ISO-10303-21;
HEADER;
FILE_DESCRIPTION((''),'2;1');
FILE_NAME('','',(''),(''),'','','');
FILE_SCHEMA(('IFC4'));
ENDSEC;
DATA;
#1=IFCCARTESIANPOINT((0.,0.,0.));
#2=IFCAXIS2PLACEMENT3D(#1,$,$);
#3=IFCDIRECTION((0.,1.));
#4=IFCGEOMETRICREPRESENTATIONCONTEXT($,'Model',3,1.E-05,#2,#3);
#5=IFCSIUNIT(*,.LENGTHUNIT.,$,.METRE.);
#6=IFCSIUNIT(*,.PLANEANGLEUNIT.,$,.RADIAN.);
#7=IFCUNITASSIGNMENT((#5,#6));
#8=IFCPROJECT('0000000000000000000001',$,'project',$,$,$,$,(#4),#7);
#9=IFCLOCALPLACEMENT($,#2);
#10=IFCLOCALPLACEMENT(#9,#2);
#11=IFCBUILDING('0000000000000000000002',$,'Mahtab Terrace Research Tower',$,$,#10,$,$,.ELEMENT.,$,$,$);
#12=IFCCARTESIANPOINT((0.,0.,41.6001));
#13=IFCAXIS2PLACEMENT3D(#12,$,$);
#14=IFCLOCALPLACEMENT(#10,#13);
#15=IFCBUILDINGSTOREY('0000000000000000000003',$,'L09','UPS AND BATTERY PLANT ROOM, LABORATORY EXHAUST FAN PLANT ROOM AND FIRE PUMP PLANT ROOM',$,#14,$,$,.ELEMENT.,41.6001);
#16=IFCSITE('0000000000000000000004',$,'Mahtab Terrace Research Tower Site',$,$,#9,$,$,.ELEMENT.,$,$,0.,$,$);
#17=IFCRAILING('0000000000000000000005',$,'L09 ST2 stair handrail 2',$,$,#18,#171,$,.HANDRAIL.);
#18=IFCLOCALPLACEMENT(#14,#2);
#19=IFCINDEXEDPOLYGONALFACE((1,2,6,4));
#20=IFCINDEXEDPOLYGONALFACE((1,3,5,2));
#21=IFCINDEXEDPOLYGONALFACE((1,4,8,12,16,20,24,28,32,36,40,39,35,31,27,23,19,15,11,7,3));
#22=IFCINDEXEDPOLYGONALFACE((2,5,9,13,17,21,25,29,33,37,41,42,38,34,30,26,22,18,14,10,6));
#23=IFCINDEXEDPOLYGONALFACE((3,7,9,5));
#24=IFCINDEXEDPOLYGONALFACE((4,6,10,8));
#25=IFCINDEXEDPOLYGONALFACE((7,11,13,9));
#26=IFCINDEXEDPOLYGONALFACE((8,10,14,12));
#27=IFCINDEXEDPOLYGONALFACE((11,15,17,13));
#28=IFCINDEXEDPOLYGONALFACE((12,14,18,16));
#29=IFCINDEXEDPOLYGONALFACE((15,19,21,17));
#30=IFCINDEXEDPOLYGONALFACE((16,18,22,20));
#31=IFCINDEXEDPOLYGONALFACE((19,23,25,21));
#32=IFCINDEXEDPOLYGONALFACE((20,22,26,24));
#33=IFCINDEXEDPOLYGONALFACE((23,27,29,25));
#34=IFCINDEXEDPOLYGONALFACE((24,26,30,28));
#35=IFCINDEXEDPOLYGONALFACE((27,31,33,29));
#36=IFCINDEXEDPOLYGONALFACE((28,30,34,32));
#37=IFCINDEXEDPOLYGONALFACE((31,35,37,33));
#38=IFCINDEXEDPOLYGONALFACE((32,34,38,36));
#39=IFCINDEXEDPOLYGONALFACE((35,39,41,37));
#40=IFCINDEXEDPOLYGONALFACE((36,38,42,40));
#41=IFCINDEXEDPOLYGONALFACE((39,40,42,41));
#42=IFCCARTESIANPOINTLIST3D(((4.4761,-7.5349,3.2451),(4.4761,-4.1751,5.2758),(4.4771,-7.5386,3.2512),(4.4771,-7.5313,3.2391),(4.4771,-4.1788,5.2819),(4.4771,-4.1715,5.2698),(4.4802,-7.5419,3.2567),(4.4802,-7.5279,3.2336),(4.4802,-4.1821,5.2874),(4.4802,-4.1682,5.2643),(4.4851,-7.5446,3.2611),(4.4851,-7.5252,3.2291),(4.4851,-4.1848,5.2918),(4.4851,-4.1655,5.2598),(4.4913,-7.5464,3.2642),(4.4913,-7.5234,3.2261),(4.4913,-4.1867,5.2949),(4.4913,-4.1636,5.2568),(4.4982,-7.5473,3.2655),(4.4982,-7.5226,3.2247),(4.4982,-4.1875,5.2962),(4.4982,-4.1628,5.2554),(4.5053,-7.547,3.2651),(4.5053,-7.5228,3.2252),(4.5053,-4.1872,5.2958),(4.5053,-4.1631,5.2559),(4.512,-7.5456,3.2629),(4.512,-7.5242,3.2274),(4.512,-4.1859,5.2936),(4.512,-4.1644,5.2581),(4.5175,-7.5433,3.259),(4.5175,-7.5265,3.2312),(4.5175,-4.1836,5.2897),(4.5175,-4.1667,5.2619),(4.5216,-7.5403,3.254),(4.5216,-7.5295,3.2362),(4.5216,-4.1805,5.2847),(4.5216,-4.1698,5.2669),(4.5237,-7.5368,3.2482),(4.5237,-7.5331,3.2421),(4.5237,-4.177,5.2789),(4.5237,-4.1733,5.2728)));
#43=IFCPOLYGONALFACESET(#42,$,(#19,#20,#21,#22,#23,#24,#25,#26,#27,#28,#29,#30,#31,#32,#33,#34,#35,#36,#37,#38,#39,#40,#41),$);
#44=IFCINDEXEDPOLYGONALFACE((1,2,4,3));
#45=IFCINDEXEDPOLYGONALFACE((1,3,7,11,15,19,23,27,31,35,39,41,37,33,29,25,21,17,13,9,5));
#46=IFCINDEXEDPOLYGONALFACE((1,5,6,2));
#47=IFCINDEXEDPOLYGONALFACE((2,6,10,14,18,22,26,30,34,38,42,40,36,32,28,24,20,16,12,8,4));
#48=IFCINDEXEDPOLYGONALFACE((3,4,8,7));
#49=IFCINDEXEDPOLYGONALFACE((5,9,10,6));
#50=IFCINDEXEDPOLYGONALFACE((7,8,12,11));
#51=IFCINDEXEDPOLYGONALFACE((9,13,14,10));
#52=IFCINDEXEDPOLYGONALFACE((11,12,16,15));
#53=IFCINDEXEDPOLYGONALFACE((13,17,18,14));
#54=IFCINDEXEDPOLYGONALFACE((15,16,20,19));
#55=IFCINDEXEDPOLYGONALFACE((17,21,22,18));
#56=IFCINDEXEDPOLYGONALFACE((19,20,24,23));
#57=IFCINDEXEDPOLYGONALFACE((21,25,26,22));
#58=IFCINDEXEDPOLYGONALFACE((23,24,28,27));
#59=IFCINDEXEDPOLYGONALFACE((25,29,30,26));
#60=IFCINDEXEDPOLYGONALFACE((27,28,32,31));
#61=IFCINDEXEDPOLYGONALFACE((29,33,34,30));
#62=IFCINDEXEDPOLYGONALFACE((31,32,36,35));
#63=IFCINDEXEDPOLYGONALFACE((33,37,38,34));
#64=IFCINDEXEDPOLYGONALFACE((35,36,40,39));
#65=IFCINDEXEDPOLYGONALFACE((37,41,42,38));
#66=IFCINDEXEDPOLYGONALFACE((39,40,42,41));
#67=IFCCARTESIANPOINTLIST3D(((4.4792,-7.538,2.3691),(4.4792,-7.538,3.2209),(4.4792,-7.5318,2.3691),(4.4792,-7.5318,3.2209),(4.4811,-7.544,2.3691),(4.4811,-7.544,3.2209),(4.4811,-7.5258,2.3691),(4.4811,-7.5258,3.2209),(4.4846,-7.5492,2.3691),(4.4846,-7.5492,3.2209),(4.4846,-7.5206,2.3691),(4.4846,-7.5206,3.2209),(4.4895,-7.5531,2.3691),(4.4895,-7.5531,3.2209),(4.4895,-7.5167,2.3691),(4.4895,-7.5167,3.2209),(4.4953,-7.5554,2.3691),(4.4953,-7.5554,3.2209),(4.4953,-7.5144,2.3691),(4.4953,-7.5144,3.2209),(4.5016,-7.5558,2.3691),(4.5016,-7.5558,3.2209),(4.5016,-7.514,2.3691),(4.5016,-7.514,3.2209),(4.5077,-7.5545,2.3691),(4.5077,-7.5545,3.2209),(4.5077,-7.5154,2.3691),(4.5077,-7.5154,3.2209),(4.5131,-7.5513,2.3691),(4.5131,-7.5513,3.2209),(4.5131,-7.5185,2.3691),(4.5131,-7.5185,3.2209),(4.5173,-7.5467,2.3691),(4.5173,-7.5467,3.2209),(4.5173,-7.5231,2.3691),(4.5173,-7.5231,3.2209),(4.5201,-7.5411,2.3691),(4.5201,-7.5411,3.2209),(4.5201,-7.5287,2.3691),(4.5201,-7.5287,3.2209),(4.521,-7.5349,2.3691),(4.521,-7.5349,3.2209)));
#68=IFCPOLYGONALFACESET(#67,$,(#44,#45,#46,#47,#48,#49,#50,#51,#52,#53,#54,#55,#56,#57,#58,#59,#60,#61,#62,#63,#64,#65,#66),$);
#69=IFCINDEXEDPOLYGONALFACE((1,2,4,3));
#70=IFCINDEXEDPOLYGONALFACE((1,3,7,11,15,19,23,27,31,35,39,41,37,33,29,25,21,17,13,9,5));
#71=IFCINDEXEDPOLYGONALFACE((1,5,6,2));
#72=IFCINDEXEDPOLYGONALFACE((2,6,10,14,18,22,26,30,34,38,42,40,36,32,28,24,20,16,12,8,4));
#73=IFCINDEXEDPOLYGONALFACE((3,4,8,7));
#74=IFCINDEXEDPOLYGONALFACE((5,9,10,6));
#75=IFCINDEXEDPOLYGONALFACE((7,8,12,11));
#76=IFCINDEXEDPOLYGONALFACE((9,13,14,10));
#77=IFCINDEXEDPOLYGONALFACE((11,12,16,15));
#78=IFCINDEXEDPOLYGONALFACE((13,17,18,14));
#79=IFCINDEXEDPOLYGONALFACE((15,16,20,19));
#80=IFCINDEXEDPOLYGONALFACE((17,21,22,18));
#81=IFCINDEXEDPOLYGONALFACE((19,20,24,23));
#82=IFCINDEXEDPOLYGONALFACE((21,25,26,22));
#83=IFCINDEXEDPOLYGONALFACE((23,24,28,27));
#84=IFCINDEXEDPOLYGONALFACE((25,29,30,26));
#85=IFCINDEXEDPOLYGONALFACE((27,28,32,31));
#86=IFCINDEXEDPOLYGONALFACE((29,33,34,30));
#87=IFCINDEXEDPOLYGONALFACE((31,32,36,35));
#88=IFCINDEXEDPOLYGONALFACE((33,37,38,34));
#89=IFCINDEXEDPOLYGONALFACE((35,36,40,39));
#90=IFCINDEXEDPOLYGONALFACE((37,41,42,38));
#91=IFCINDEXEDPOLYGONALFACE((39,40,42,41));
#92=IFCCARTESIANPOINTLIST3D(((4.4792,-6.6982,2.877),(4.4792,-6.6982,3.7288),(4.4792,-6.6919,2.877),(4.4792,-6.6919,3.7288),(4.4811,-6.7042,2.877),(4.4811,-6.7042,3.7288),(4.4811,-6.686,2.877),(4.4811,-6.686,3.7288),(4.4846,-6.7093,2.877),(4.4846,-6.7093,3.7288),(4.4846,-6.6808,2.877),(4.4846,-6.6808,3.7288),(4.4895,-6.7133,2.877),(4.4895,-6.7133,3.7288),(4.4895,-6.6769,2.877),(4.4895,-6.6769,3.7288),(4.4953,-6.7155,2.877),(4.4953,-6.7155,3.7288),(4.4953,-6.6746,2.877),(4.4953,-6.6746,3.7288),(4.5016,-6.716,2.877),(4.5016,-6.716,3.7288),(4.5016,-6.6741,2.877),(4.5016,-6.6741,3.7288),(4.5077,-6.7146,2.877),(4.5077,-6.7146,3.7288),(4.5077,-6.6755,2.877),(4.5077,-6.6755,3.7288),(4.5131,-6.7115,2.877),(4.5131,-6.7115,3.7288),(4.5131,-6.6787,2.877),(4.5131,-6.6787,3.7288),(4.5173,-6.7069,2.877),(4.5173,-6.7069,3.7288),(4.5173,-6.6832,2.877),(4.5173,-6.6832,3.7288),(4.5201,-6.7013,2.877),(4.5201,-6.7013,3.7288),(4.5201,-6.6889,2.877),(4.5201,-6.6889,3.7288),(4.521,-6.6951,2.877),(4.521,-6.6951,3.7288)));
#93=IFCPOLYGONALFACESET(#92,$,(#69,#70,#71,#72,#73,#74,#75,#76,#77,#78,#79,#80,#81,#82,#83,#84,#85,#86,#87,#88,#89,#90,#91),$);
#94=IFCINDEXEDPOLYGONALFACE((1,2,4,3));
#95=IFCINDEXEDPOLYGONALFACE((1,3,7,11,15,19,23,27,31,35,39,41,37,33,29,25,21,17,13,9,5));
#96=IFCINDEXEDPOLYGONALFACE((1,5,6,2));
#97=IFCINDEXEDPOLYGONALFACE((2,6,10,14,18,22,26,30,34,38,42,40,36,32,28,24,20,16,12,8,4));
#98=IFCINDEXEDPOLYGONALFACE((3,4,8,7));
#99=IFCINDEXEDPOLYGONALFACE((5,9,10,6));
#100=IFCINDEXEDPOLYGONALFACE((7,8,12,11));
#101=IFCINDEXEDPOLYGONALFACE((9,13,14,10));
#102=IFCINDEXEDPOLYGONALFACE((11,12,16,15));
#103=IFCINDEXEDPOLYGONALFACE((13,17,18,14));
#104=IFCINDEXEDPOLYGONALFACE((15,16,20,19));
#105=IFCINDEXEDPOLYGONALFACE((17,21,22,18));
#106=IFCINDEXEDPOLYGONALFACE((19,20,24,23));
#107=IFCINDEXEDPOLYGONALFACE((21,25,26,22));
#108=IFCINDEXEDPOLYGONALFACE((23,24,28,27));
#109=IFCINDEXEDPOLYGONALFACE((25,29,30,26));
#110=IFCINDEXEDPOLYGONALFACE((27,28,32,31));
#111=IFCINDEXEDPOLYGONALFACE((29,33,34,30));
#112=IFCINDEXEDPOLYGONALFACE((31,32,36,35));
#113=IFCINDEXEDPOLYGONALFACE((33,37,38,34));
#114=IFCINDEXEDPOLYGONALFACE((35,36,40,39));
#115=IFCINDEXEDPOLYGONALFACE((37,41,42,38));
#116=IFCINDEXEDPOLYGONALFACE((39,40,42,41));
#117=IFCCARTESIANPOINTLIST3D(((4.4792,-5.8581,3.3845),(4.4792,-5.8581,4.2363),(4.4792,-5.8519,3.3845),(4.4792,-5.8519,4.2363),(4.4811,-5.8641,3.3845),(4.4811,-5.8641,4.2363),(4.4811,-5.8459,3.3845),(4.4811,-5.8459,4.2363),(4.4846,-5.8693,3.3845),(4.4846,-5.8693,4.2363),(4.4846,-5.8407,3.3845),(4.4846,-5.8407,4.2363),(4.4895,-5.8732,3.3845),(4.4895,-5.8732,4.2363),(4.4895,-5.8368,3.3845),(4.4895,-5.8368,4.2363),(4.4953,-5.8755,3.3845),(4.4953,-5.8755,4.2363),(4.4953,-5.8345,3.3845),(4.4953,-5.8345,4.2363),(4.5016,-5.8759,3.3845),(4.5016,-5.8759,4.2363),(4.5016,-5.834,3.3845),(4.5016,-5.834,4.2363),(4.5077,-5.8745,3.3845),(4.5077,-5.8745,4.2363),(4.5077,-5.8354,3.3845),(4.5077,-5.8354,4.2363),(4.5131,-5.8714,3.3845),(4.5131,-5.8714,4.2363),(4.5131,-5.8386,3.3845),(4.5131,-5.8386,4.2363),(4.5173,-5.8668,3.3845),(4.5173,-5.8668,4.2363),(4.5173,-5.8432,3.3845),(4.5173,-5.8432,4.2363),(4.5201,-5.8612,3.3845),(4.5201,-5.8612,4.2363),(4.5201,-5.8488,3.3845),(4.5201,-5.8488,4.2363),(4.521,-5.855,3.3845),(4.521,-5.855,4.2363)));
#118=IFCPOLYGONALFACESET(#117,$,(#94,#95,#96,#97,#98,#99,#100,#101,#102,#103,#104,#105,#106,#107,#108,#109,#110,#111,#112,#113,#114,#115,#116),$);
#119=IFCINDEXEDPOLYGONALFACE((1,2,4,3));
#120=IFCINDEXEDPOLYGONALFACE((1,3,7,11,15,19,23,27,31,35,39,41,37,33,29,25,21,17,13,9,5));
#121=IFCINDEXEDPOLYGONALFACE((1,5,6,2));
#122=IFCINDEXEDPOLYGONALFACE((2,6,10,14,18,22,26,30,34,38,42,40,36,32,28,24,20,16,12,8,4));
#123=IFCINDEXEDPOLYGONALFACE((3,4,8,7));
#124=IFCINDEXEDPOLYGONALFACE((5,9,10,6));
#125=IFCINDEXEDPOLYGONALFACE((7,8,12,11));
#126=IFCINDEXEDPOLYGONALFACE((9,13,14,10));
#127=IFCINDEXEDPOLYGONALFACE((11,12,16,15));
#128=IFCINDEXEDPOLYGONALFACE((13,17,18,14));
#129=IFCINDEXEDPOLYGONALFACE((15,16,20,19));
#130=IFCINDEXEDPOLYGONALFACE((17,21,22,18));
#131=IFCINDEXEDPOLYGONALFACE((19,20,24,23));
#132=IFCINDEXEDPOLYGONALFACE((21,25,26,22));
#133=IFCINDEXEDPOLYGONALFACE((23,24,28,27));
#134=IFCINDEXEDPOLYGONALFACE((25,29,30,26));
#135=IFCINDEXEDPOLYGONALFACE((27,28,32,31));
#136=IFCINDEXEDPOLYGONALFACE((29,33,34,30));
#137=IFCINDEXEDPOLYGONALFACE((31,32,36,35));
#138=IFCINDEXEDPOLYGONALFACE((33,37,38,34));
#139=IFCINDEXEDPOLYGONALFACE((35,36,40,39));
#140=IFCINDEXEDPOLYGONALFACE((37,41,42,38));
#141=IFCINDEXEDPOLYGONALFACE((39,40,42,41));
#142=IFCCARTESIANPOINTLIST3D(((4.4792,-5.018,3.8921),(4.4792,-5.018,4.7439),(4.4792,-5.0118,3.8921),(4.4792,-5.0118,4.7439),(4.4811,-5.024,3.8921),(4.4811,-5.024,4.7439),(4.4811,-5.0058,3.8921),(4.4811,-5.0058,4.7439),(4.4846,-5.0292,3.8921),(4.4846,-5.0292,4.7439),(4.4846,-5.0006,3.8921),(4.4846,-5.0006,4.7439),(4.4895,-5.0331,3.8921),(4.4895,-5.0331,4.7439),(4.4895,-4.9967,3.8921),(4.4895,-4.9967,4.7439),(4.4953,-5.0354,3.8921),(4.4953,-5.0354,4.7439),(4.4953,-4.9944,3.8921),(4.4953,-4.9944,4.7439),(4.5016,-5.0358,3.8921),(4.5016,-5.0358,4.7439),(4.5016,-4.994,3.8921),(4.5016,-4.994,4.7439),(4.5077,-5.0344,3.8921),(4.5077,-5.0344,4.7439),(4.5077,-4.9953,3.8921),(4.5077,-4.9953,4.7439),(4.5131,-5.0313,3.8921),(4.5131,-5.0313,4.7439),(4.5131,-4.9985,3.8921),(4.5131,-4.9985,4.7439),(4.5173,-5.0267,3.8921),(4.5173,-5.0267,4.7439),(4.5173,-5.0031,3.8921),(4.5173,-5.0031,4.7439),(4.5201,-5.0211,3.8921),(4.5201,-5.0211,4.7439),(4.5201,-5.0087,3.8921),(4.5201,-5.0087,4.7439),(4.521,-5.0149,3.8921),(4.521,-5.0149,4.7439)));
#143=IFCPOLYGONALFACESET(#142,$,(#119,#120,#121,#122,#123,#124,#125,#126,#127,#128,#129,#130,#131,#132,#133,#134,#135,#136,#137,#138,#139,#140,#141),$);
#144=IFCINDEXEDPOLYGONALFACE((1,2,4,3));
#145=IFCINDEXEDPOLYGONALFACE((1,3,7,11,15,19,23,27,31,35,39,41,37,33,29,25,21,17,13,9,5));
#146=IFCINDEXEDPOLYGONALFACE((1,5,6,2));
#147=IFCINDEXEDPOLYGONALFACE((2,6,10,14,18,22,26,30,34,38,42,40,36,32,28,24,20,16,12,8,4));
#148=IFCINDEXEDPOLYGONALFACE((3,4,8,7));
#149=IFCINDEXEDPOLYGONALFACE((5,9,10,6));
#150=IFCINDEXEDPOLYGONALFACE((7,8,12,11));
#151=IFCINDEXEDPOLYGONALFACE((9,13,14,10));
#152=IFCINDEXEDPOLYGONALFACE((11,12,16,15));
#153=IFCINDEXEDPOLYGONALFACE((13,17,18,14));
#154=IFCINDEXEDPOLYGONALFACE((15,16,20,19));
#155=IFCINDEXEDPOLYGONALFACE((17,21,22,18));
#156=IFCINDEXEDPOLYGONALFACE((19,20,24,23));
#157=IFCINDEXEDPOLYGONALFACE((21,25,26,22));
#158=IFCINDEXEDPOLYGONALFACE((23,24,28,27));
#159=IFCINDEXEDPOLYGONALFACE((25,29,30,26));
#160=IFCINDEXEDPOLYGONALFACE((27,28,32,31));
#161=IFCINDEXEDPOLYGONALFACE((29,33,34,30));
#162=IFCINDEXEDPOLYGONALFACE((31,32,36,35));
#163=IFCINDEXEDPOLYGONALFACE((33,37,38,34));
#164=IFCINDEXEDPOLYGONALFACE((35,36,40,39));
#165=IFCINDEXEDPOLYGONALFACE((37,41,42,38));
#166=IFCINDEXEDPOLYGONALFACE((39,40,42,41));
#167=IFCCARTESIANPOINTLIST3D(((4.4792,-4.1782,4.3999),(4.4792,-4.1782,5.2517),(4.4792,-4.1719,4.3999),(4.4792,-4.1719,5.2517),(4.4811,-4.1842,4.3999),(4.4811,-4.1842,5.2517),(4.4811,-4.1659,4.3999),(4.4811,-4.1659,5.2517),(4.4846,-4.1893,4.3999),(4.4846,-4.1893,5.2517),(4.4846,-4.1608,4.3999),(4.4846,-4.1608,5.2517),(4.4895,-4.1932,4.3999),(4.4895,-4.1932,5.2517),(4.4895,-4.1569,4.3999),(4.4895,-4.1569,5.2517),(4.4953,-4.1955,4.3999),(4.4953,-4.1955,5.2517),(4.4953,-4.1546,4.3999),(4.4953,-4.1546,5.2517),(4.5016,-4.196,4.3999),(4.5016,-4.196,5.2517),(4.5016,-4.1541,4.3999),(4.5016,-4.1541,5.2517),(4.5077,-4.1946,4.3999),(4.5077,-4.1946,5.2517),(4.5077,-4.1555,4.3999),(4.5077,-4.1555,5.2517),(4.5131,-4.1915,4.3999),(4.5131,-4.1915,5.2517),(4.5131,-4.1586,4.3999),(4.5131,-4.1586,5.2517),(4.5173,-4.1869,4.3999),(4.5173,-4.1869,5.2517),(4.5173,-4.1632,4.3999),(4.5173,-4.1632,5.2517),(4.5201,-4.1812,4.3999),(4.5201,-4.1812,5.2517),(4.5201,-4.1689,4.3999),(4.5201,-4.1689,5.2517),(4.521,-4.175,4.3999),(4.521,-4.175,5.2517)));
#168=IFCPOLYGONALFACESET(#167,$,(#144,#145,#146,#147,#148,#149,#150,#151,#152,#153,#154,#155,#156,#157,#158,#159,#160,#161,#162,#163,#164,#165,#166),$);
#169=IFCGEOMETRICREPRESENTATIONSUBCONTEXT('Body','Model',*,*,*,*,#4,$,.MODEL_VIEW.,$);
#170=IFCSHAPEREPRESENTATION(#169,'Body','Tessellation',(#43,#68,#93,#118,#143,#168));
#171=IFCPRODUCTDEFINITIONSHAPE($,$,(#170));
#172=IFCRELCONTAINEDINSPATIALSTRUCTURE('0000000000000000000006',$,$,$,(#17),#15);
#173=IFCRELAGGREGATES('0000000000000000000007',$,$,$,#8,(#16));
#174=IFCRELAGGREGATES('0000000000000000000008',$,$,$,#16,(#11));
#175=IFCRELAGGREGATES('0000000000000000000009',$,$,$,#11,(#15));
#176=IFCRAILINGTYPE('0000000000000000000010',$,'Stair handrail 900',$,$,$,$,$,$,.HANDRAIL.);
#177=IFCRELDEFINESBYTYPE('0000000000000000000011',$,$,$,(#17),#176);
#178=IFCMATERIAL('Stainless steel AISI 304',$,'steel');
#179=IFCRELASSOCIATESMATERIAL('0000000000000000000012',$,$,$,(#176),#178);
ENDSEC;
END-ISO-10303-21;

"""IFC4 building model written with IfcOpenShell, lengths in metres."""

from ifc_helpers import new_model, si_unit, direction, frame, origin, origin_2d, place, context, subcontext, project, spatial, circle, extrude, material, type_object, element, save


model = new_model("IFC4")

# Units and contexts
model_context = context("Model", 3, precision=1e-05, world=origin(), true_north=direction((0.0, 1.0)))
body_context = subcontext(model_context, "Body", "Model", "MODEL_VIEW")
ifc_project = project(units=[si_unit("LENGTHUNIT", "METRE"), si_unit("PLANEANGLEUNIT", "RADIAN")], contexts=[model_context])

# Site, building, storey
site_placement = place(None, origin())
site = spatial("IfcSite", under=ifc_project, at=site_placement, Name="Mahtab Terrace Research Tower Site", CompositionType="ELEMENT", RefElevation=0.0)
building_placement = place(site_placement, origin())
building = spatial("IfcBuilding", under=site, at=building_placement, Name="Mahtab Terrace Research Tower", CompositionType="ELEMENT")
storey_placement = place(building_placement, frame((0.0, 0.0, 41.6001)))
storey = spatial("IfcBuildingStorey", under=building, at=storey_placement, Name="L09", Description="UPS AND BATTERY PLANT ROOM, LABORATORY EXHAUST FAN PLANT ROOM AND FIRE PUMP PLANT ROOM", CompositionType="ELEMENT", Elevation=41.6001)

# Railing
ifc_material_1 = material(Name="Stainless steel AISI 304", Category="steel")
railing_type_1 = type_object("IfcRailingType", Name="Stair handrail 900", PredefinedType="HANDRAIL", material=ifc_material_1)
railing_1_placement = place(storey_placement, frame((4.5, -7.5349, 2.3691)))
element("IfcRailing", 1, at=railing_1_placement, inside=storey, type_object=railing_type_1, Name="L09 ST2 stair handrail 2", PredefinedType="HANDRAIL", context=body_context, shape_type="SweptSolid", body=[
    extrude(circle(Radius=0.0239, at=origin_2d()), frame((0.0, 0.0, 0.876), z_axis=(0.0, 0.85582, 0.517273), x_axis=(-1.0, 0.0, 0.0)), (0.0, 0.0, 1.0), 3.9258),
    extrude(circle(Radius=0.021, at=origin_2d()), origin(), (0.0, 0.0, 1.0), 0.8518),
    extrude(circle(Radius=0.021, at=origin_2d()), frame((0.0, 0.8398, 0.5078)), (0.0, 0.0, 1.0), 0.8518),
    extrude(circle(Radius=0.021, at=origin_2d()), frame((0.0, 1.6799, 1.0154)), (0.0, 0.0, 1.0), 0.8518),
    extrude(circle(Radius=0.021, at=origin_2d()), frame((0.0, 2.52, 1.5229)), (0.0, 0.0, 1.0), 0.8518),
    extrude(circle(Radius=0.021, at=origin_2d()), frame((0.0, 3.3599, 2.0308)), (0.0, 0.0, 1.0), 0.8518),
])

save(model, "model.ifc")
